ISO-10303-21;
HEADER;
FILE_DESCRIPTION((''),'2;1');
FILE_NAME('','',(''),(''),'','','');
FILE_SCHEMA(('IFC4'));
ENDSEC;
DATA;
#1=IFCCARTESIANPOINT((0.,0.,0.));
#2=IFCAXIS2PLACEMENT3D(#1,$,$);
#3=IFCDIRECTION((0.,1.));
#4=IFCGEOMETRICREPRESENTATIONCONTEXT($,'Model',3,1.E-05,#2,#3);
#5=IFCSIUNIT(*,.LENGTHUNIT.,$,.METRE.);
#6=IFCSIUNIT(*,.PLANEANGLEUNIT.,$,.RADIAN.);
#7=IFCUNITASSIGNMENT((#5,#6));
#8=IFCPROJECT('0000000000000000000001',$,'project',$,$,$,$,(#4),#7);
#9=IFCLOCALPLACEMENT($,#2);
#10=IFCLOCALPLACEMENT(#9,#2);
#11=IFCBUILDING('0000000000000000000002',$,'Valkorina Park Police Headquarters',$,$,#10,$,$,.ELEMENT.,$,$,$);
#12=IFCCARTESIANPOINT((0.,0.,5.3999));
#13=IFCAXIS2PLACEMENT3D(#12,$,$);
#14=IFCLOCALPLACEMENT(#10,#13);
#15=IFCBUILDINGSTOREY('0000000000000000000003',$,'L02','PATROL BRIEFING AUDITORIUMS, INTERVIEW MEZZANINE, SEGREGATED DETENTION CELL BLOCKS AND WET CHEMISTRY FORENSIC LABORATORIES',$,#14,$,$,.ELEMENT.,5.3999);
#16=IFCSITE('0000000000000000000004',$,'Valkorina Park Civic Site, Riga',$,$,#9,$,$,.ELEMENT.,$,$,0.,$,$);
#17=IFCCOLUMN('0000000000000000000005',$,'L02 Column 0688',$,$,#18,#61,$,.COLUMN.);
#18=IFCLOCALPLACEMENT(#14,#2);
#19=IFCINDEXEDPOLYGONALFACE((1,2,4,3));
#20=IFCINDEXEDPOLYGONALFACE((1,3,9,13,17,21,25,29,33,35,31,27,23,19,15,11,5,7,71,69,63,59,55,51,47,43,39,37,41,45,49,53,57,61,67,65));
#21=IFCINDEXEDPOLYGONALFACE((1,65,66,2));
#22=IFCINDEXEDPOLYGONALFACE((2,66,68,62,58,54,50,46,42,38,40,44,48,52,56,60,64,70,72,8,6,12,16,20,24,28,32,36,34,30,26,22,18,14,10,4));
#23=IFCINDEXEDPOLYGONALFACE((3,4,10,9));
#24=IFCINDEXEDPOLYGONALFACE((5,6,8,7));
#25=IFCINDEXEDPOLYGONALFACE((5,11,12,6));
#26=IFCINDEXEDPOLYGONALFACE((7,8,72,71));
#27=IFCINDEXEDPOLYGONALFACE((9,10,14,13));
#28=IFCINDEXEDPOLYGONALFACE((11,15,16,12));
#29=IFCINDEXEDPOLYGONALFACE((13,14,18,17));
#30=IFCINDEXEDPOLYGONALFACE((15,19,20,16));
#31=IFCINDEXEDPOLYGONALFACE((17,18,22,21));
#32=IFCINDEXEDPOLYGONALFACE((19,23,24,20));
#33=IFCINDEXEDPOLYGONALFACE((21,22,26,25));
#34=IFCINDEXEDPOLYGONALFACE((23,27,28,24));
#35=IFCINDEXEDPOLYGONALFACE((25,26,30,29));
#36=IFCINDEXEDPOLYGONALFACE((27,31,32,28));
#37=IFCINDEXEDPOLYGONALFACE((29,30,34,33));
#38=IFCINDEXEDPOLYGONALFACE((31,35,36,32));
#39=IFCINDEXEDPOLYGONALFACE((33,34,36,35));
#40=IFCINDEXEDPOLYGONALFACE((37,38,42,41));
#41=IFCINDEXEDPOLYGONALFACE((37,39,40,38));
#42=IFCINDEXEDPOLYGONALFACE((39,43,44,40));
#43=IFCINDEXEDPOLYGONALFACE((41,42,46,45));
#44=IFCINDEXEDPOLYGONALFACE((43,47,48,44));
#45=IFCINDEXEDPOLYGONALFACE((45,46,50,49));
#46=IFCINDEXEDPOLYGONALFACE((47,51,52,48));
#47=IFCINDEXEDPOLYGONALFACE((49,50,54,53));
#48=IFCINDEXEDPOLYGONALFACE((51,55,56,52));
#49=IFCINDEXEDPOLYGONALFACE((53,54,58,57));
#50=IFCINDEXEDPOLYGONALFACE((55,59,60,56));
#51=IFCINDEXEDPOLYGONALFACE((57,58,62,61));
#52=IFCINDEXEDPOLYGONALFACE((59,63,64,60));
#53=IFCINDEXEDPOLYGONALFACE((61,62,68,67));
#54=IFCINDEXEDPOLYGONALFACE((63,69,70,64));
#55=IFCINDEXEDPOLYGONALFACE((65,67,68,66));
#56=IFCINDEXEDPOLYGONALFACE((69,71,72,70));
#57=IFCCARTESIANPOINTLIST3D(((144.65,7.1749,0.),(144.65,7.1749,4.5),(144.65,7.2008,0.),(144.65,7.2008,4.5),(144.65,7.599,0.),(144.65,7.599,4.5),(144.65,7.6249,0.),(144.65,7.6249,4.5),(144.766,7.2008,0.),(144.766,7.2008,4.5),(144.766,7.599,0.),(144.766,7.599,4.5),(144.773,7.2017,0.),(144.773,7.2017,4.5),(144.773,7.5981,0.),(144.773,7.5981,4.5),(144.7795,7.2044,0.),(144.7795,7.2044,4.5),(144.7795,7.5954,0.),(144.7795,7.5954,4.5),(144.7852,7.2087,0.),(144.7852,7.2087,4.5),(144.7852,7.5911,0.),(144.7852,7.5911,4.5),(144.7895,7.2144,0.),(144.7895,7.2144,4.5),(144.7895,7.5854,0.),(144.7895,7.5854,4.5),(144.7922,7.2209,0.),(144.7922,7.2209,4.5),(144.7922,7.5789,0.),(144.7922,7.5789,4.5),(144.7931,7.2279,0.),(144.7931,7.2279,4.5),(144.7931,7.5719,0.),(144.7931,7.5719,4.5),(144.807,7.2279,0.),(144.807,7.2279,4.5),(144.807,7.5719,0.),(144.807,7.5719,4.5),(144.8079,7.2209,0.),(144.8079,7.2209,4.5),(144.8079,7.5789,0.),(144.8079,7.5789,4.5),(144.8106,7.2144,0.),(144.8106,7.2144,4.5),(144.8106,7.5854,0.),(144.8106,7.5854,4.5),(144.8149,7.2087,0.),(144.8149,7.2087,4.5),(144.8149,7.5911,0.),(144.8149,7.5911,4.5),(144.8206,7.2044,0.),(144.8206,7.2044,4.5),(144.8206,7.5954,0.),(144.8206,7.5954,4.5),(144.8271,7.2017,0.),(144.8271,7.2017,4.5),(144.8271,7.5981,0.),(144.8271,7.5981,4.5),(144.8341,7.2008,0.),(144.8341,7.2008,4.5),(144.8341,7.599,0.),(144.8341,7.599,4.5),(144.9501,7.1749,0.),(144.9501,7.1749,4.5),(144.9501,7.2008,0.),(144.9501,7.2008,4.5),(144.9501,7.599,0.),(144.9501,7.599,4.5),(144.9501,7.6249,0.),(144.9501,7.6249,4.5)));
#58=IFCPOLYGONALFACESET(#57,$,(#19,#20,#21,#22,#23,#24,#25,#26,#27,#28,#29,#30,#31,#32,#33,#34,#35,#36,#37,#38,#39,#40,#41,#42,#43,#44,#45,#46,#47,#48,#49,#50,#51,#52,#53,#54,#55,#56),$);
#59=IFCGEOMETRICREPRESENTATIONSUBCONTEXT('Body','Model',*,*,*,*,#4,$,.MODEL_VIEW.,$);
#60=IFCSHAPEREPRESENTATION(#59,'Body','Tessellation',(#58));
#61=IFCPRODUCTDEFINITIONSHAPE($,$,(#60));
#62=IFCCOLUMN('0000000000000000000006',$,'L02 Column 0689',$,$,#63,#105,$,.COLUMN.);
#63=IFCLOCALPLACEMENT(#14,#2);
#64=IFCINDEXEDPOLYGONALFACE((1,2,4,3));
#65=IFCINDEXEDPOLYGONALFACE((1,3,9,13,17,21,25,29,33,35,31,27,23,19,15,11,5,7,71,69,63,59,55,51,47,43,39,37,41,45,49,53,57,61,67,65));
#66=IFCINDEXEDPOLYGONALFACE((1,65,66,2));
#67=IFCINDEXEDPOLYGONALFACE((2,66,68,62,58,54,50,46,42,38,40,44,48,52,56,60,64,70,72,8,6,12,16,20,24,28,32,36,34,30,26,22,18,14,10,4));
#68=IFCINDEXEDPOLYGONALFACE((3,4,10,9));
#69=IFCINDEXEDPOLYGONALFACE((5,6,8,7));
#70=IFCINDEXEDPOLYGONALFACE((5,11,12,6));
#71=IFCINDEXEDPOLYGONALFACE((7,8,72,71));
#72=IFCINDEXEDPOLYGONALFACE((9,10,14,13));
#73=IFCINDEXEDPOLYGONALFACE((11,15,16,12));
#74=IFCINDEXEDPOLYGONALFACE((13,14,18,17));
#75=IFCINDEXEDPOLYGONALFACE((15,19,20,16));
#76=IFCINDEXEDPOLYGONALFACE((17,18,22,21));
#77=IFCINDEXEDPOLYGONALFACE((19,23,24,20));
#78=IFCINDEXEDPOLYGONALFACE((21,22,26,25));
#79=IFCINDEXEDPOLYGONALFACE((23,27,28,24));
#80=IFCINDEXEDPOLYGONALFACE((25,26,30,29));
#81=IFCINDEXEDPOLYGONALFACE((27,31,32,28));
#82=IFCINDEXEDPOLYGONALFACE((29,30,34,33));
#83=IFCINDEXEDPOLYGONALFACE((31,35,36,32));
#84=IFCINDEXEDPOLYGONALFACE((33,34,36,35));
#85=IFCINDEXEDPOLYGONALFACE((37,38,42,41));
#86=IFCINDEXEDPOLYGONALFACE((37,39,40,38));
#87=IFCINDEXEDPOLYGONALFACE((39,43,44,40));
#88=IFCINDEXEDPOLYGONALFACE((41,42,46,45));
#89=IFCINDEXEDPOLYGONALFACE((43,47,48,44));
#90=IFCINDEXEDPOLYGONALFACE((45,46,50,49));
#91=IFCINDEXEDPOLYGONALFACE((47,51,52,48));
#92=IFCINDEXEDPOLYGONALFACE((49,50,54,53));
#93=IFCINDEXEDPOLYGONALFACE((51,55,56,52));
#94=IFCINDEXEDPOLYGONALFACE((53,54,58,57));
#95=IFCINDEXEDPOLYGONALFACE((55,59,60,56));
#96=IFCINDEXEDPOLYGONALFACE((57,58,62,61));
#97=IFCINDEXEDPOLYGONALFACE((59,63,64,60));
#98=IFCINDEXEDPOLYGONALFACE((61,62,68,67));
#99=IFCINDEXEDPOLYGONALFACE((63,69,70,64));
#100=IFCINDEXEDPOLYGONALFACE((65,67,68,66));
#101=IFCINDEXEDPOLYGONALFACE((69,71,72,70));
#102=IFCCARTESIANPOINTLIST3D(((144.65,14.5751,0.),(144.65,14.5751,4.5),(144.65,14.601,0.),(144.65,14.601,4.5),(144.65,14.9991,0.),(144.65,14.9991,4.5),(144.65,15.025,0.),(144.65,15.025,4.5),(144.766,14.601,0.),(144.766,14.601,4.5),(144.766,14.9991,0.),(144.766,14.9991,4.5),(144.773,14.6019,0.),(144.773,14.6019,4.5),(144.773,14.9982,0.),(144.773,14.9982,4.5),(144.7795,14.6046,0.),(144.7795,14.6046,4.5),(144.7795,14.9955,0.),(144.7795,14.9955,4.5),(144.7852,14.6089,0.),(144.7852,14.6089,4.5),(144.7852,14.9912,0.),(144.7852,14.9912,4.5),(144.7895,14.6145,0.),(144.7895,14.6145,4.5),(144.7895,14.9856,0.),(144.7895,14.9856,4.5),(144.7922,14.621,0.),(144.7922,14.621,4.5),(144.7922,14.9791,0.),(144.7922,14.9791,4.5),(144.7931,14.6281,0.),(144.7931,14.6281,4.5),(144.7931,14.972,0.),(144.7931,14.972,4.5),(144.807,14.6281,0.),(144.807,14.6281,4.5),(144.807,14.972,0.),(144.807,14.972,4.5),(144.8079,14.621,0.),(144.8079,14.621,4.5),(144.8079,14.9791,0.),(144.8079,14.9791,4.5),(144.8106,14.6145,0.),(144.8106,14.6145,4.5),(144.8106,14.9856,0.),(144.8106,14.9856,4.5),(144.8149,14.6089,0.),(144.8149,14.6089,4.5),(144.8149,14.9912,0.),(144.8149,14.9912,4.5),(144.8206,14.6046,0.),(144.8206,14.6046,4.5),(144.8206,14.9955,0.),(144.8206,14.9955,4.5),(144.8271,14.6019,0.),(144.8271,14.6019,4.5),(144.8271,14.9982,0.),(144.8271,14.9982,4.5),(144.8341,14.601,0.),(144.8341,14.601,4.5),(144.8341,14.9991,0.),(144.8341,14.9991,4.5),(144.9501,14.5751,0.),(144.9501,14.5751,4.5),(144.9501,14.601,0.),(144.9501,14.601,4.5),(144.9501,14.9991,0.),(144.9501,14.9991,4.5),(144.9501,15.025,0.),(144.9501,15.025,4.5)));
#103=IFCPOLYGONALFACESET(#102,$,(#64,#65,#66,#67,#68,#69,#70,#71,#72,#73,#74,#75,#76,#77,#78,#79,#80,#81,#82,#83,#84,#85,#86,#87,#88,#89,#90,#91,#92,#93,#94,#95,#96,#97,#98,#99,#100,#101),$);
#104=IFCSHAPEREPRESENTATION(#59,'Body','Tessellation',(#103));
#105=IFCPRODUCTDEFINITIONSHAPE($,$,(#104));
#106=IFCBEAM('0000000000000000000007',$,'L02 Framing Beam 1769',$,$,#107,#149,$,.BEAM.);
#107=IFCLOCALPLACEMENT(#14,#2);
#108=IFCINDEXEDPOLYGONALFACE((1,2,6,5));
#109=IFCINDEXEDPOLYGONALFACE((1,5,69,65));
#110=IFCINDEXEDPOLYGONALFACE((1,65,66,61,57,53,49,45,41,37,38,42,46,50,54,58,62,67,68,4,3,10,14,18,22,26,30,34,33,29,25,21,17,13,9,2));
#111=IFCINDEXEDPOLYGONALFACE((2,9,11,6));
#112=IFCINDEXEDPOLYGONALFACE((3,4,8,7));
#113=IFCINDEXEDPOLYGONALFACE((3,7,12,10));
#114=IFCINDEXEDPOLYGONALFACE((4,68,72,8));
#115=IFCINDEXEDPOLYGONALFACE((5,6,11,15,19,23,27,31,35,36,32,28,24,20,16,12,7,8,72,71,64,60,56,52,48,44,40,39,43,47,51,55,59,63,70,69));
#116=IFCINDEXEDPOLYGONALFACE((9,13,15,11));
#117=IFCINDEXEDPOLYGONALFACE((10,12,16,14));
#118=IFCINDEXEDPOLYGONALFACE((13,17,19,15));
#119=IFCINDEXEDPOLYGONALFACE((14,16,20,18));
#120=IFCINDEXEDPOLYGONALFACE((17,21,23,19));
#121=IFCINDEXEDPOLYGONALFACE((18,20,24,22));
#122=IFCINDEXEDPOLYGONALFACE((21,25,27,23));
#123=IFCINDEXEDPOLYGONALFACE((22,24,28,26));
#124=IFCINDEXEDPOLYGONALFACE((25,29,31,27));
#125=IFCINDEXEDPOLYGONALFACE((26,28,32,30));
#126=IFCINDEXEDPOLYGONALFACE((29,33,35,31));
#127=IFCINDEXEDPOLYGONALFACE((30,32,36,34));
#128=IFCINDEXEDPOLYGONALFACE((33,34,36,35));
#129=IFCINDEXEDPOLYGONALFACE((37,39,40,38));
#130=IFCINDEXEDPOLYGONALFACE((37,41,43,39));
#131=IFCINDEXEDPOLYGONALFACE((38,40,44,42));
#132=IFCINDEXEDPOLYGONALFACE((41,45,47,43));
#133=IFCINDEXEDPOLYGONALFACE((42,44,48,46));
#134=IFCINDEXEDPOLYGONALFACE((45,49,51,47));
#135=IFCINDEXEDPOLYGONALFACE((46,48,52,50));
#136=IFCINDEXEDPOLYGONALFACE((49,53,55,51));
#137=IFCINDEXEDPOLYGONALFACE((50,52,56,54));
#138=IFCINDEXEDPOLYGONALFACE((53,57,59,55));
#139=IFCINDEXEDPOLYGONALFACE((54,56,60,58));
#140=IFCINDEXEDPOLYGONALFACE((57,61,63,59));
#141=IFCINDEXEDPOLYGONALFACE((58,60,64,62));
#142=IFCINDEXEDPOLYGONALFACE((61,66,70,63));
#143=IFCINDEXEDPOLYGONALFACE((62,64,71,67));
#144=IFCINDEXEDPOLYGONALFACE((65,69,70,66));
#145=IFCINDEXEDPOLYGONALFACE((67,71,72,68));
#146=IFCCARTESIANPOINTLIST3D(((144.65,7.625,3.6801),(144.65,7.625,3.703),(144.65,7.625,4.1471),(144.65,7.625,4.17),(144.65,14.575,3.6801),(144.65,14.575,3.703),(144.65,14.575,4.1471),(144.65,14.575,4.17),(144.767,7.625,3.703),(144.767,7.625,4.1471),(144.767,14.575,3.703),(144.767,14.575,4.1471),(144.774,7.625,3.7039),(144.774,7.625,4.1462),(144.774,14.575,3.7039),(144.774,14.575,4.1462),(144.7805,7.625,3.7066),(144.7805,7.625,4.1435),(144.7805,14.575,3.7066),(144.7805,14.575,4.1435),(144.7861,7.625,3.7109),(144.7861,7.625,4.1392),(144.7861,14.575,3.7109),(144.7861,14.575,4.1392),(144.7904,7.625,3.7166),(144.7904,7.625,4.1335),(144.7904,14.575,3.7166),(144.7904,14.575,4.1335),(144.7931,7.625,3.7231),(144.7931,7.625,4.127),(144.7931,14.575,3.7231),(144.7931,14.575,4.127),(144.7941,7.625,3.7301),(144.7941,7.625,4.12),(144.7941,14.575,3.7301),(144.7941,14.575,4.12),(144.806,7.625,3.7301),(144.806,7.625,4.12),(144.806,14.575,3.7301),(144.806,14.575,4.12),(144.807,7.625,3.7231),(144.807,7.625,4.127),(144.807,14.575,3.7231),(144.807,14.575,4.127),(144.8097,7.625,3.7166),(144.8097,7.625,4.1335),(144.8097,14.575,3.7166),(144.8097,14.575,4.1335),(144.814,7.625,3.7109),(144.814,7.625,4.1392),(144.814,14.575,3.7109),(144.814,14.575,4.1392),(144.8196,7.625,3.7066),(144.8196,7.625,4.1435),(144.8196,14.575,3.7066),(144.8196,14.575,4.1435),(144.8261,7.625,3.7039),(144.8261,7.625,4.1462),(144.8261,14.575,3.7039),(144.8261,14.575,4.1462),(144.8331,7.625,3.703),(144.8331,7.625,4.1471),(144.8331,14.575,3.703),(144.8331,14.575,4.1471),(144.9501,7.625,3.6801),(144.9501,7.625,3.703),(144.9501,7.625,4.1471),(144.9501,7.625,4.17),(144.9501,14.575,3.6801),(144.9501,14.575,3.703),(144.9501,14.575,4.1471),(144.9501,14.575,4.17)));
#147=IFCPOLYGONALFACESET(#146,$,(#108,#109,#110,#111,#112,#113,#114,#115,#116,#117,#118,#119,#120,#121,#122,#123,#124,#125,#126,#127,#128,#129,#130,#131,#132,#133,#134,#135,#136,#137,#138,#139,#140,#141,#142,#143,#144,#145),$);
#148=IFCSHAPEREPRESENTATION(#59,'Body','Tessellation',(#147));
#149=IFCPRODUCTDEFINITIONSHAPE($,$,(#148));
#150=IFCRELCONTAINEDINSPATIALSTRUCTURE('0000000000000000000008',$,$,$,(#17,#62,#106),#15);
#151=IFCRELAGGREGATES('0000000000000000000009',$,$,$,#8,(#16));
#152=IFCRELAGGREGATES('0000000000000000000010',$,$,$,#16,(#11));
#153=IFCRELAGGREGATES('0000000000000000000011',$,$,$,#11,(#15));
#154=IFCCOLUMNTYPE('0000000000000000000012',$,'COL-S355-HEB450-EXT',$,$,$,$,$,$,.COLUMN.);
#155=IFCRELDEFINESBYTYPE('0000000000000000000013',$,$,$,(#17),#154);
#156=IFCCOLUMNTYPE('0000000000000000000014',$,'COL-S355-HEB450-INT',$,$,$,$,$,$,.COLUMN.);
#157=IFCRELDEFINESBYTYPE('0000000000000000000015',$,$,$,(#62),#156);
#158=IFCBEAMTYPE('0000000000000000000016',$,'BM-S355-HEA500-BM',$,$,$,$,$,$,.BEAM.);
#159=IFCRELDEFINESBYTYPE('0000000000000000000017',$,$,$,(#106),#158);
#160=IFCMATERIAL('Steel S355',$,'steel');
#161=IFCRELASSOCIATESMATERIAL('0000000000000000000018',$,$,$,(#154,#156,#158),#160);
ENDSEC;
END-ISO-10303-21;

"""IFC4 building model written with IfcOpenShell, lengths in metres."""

from ifc_helpers import new_model, si_unit, direction, frame, origin, origin_2d, place, context, subcontext, project, spatial, i_section, extrude, material, material_profile, profile_set, type_object, element, save


model = new_model("IFC4")

# Units and contexts
model_context = context("Model", 3, precision=1e-05, world=origin(), true_north=direction((0.0, 1.0)))
body_context = subcontext(model_context, "Body", "Model", "MODEL_VIEW")
ifc_project = project(units=[si_unit("LENGTHUNIT", "METRE"), si_unit("PLANEANGLEUNIT", "RADIAN")], contexts=[model_context])

# Site, building, storey
site_placement = place(None, origin())
site = spatial("IfcSite", under=ifc_project, at=site_placement, Name="Valkorina Park Civic Site, Riga", CompositionType="ELEMENT", RefElevation=0.0)
building_placement = place(site_placement, origin())
building = spatial("IfcBuilding", under=site, at=building_placement, Name="Valkorina Park Police Headquarters", CompositionType="ELEMENT")
storey_placement = place(building_placement, frame((0.0, 0.0, 5.3999)))
storey = spatial("IfcBuildingStorey", under=building, at=storey_placement, Name="L02", Description="PATROL BRIEFING AUDITORIUMS, INTERVIEW MEZZANINE, SEGREGATED DETENTION CELL BLOCKS AND WET CHEMISTRY FORENSIC LABORATORIES", CompositionType="ELEMENT", Elevation=5.3999)

# Columns
ifc_material_1 = material(Name="Steel S355", Category="steel")
ifc_material_profile_1 = material_profile(ifc_material_1, i_section(OverallWidth=0.3, OverallDepth=0.45, WebThickness=0.0139, FlangeThickness=0.0259, FilletRadius=0.0271, at=origin_2d()), Name="HEB 450")
ifc_profile_set_1 = profile_set([ifc_material_profile_1], Name="Steel S355")
column_type_1 = type_object("IfcColumnType", Name="COL-S355-HEB450-EXT", PredefinedType="COLUMN", material=ifc_profile_set_1)
column_1_placement = place(storey_placement, frame((144.8, 7.3999, 0.0), z_axis=(0.0, 0.0, 1.0), x_axis=(1.0, 0.0, 0.0)))
element("IfcColumn", 1, at=column_1_placement, inside=storey, type_object=column_type_1, Name="L02 Column 0688", PredefinedType="COLUMN", context=body_context, shape_type="SweptSolid", body=[
    extrude(i_section(OverallWidth=0.3, OverallDepth=0.45, WebThickness=0.0139, FlangeThickness=0.0259, FilletRadius=0.0271, at=origin_2d()), origin(), (0.0, 0.0, 1.0), 4.5),
])
ifc_material_profile_2 = material_profile(ifc_material_1, i_section(OverallWidth=0.3, OverallDepth=0.45, WebThickness=0.0139, FlangeThickness=0.0259, FilletRadius=0.0271, at=origin_2d()), Name="HEB 450")
ifc_profile_set_2 = profile_set([ifc_material_profile_2], Name="Steel S355")
column_type_2 = type_object("IfcColumnType", Name="COL-S355-HEB450-INT", PredefinedType="COLUMN", material=ifc_profile_set_2)
column_2_placement = place(storey_placement, frame((144.8, 14.8, 0.0), z_axis=(0.0, 0.0, 1.0), x_axis=(1.0, 0.0, 0.0)))
element("IfcColumn", 2, at=column_2_placement, inside=storey, type_object=column_type_2, Name="L02 Column 0689", PredefinedType="COLUMN", context=body_context, shape_type="SweptSolid", body=[
    extrude(i_section(OverallWidth=0.3, OverallDepth=0.45, WebThickness=0.0139, FlangeThickness=0.0259, FilletRadius=0.0271, at=origin_2d()), origin(), (0.0, 0.0, 1.0), 4.5),
])

# Beam
ifc_material_profile_3 = material_profile(ifc_material_1, i_section(OverallWidth=0.3, OverallDepth=0.49, WebThickness=0.012, FlangeThickness=0.0229, FilletRadius=0.0271, at=origin_2d()), Name="HEA 500")
ifc_profile_set_3 = profile_set([ifc_material_profile_3], Name="Steel S355")
beam_type_1 = type_object("IfcBeamType", Name="BM-S355-HEA500-BM", PredefinedType="BEAM", material=ifc_profile_set_3)
beam_1_placement = place(storey_placement, frame((144.8, 7.625, 3.925), z_axis=(0.0, 1.0, 0.0), x_axis=(-1.0, 0.0, 0.0)))
element("IfcBeam", 3, at=beam_1_placement, inside=storey, type_object=beam_type_1, Name="L02 Framing Beam 1769", PredefinedType="BEAM", context=body_context, shape_type="SweptSolid", body=[
    extrude(i_section(OverallWidth=0.3, OverallDepth=0.49, WebThickness=0.012, FlangeThickness=0.0229, FilletRadius=0.0271, at=origin_2d()), origin(), (0.0, 0.0, 1.0), 6.95),
])

save(model, "model.ifc")
